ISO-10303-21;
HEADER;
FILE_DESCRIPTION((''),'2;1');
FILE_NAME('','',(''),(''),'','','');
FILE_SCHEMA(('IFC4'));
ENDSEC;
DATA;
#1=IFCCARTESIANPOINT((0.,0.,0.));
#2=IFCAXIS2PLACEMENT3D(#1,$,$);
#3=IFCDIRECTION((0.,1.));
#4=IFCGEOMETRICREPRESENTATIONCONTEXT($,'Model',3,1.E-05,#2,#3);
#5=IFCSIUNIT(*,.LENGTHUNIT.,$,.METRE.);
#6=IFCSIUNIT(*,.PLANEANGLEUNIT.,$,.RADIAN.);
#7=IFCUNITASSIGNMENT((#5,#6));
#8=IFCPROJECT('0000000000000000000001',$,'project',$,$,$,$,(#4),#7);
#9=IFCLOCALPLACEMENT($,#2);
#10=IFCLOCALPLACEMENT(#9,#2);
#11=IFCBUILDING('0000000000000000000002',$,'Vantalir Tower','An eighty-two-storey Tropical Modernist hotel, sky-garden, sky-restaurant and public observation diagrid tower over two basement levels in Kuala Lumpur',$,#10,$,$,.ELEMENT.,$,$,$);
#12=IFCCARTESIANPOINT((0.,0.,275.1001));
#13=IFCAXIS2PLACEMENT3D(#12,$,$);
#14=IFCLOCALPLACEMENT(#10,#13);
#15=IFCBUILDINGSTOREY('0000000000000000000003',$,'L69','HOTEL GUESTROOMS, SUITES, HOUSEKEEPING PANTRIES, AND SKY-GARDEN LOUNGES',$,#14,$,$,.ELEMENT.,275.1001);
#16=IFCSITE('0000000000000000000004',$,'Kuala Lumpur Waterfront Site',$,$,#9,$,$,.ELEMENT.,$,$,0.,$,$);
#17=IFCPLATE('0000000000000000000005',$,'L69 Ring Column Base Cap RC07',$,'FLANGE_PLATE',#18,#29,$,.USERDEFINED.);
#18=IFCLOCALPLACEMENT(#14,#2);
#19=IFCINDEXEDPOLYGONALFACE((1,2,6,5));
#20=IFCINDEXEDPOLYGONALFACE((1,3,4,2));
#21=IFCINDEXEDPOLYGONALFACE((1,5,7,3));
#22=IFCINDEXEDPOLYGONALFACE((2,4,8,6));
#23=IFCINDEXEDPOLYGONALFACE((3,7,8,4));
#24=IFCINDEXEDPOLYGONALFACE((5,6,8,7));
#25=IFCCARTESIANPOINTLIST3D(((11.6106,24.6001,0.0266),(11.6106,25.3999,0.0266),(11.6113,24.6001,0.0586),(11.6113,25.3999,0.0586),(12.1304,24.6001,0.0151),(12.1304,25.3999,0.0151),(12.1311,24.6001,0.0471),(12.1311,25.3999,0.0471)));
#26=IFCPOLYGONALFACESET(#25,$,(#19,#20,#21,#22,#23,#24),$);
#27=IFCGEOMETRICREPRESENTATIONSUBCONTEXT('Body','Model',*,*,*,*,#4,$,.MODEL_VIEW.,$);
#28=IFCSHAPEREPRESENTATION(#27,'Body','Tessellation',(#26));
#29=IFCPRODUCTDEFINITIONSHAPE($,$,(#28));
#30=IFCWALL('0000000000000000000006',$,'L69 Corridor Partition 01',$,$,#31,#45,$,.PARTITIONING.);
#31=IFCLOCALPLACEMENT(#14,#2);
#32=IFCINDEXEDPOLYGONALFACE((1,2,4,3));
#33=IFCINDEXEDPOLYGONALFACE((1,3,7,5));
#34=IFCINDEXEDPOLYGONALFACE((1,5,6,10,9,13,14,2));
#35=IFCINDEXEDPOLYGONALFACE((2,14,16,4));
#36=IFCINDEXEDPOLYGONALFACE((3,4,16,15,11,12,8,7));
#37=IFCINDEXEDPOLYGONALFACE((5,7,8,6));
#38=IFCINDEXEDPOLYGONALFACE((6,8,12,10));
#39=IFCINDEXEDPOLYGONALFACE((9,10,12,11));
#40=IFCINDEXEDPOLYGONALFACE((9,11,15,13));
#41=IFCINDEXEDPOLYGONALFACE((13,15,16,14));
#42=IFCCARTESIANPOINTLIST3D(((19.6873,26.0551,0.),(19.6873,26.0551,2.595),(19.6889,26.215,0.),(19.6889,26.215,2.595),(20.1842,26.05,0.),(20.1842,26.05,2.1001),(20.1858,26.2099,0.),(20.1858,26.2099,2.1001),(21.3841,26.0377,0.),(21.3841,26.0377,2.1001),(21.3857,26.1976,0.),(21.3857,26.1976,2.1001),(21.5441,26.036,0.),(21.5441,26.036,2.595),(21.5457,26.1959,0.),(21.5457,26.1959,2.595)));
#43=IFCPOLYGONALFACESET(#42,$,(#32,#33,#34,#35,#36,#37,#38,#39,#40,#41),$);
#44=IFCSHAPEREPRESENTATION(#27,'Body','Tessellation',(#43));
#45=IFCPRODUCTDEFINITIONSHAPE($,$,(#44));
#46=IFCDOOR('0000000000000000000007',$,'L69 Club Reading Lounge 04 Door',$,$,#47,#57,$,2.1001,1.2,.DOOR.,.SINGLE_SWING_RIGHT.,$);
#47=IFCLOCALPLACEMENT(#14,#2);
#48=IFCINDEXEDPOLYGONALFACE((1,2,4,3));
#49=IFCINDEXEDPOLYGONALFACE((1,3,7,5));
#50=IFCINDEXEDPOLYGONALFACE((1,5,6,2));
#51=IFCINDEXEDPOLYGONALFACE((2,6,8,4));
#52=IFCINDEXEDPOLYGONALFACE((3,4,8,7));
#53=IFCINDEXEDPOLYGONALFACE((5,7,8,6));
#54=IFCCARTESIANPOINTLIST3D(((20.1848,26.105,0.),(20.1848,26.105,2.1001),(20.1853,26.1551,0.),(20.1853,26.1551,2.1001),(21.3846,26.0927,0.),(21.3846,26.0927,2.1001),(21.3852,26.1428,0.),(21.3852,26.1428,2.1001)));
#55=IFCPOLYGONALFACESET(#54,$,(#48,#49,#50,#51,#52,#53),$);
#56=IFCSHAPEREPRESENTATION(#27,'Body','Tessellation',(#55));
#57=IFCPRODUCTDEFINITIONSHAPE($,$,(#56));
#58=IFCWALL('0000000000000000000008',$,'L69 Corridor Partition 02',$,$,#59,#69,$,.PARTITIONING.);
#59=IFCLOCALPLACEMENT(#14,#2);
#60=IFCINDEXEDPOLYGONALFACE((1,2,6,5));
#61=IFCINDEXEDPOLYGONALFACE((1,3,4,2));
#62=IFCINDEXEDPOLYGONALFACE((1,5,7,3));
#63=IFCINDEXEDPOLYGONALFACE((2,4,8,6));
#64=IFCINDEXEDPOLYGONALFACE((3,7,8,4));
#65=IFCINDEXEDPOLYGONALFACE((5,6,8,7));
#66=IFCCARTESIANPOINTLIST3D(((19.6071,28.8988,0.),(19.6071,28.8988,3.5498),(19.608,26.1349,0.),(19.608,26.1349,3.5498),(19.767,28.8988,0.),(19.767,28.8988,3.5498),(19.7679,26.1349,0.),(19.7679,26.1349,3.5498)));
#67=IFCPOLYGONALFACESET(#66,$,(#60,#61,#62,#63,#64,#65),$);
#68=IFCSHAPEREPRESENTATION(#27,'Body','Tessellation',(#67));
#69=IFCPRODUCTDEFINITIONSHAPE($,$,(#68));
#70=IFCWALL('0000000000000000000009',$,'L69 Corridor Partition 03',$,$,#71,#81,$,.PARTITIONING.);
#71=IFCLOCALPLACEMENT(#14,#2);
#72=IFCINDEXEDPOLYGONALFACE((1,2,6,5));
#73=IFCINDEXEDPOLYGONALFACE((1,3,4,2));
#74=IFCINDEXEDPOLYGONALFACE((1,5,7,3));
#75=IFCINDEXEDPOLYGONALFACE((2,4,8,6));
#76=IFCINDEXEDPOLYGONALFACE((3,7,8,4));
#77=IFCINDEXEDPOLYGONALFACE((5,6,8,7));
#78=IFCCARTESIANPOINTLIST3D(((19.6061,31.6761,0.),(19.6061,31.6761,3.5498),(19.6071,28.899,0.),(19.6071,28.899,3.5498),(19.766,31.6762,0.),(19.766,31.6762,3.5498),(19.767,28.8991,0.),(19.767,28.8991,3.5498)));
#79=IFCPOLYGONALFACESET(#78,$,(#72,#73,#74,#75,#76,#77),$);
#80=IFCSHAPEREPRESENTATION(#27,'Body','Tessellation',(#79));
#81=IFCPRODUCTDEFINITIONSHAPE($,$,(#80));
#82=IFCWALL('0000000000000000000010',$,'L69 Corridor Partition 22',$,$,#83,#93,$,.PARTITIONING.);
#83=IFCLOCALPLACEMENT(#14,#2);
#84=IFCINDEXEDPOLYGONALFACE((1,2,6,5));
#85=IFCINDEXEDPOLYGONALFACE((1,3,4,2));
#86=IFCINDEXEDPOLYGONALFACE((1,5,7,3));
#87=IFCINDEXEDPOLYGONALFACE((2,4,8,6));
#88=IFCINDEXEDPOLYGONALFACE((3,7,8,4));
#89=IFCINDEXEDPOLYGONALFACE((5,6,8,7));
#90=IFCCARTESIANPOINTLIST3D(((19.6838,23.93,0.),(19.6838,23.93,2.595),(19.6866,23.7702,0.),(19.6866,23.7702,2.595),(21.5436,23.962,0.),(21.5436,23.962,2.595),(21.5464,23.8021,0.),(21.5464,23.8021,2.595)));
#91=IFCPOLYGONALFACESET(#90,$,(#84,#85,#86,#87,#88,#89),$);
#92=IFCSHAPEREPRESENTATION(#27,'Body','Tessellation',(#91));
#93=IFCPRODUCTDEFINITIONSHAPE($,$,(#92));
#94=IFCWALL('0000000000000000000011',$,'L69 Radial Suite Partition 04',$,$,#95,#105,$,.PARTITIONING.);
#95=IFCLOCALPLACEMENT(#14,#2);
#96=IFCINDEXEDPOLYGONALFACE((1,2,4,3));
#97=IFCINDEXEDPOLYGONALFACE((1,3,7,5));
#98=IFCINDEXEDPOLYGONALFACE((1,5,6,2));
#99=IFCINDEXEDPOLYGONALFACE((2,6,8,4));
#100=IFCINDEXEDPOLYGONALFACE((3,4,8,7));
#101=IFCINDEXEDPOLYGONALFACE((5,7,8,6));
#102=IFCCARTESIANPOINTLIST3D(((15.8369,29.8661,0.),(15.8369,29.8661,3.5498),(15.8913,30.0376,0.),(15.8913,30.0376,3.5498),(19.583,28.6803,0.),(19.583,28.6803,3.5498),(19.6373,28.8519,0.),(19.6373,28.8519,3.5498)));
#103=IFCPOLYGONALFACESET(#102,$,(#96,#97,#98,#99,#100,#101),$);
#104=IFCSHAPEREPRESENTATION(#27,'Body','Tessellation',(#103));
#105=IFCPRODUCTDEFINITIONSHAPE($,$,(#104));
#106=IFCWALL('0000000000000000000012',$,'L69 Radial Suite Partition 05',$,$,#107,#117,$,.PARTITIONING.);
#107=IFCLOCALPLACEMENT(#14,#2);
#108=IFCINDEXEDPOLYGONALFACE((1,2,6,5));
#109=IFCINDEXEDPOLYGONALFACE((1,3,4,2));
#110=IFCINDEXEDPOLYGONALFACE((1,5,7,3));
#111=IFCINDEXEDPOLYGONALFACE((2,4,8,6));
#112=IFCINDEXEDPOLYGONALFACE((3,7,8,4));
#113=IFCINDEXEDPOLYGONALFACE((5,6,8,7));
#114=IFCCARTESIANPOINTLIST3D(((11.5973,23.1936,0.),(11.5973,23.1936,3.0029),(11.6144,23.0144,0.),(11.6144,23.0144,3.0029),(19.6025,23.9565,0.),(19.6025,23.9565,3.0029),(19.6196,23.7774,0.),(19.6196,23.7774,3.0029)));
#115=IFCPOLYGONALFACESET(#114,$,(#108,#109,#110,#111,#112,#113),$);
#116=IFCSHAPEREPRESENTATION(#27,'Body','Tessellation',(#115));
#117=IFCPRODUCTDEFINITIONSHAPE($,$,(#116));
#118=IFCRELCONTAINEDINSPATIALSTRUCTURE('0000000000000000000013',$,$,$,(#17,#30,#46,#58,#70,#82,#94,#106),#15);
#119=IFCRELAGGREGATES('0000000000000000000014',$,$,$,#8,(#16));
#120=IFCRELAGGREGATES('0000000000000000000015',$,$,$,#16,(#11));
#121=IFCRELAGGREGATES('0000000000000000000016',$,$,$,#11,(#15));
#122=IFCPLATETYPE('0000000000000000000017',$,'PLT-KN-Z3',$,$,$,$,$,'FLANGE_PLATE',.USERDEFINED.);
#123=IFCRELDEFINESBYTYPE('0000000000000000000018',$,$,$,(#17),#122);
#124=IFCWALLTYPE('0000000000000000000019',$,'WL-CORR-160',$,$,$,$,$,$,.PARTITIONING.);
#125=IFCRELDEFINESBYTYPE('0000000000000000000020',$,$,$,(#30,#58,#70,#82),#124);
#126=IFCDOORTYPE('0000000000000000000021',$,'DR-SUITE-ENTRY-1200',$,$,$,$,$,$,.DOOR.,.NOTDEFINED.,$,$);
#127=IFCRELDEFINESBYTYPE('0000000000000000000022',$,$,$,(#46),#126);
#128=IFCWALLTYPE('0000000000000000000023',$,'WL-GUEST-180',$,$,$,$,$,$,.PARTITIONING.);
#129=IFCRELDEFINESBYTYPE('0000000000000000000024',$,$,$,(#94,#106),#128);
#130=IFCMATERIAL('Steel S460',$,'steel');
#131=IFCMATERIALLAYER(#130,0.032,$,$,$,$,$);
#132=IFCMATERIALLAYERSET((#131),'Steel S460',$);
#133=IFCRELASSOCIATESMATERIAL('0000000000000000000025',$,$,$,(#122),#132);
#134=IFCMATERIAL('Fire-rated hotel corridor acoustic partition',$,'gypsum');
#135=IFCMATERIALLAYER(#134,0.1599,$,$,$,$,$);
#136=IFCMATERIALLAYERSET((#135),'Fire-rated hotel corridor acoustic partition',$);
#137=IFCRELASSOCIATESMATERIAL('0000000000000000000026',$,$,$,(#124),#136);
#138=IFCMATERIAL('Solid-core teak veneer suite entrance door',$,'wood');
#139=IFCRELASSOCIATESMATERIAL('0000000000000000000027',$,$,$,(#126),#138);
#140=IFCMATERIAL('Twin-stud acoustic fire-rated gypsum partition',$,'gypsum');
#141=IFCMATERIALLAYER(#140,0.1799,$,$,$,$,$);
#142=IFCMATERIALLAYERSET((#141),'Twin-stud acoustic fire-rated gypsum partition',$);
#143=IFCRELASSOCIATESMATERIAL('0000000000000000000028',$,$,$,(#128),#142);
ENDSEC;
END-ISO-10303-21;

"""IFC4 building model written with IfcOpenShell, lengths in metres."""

from ifc_helpers import new_model, si_unit, direction, frame, frame_2d, origin, place, context, subcontext, project, spatial, polyline, rectangle, outline, extrude, material, layer, layer_set, type_object, element, fill, save


model = new_model("IFC4")

# Units and contexts
model_context = context("Model", 3, precision=1e-05, world=origin(), true_north=direction((0.0, 1.0)))
body_context = subcontext(model_context, "Body", "Model", "MODEL_VIEW")
ifc_project = project(units=[si_unit("LENGTHUNIT", "METRE"), si_unit("PLANEANGLEUNIT", "RADIAN")], contexts=[model_context])

# Site, building, storey
site_placement = place(None, origin())
site = spatial("IfcSite", under=ifc_project, at=site_placement, Name="Kuala Lumpur Waterfront Site", CompositionType="ELEMENT", RefElevation=0.0)
building_placement = place(site_placement, origin())
building = spatial("IfcBuilding", under=site, at=building_placement, Name="Vantalir Tower", Description="An eighty-two-storey Tropical Modernist hotel, sky-garden, sky-restaurant and public observation diagrid tower over two basement levels in Kuala Lumpur", CompositionType="ELEMENT")
storey_placement = place(building_placement, frame((0.0, 0.0, 275.1001)))
storey = spatial("IfcBuildingStorey", under=building, at=storey_placement, Name="L69", Description="HOTEL GUESTROOMS, SUITES, HOUSEKEEPING PANTRIES, AND SKY-GARDEN LOUNGES", CompositionType="ELEMENT", Elevation=275.1001)

# Shared definitions
ifc_material_1 = material(Name="Steel S460", Category="steel")

# Plate
ifc_layer_1 = layer(ifc_material_1, 0.032)
ifc_layer_set_1 = layer_set([ifc_layer_1], Name="Steel S460")
plate_type_1 = type_object("IfcPlateType", Name="PLT-KN-Z3", ElementType="FLANGE_PLATE", PredefinedType="USERDEFINED", material=ifc_layer_set_1)
for number, where, z_axis, x_axis, name in (
    (1, (11.6113, 25.3999, 0.0586), (0.022071, 0.0, 0.999756), (0.0, -1.0, 0.0), "L69 Ring Column Base Cap RC07"),
):
    element("IfcPlate", number, at=place(storey_placement, frame(where, z_axis=z_axis, x_axis=x_axis)), inside=storey, type_object=plate_type_1, Name=name, ObjectType="FLANGE_PLATE", PredefinedType="USERDEFINED", context=body_context, shape_type="SweptSolid", body=[
        extrude(outline(polyline([(0.0, 0.0), (0.7998, 0.0), (0.7998, 0.5199), (0.0, 0.5199), (0.0, 0.0)])), origin(), (0.0, 0.0, -1.0), 0.032),
    ])

# Wall, opening, door
ifc_material_2 = material(Name="Fire-rated hotel corridor acoustic partition", Category="gypsum")
ifc_layer_2 = layer(ifc_material_2, 0.1599)
ifc_layer_set_2 = layer_set([ifc_layer_2], Name="Fire-rated hotel corridor acoustic partition")
wall_type_1 = type_object("IfcWallType", Name="WL-CORR-160", PredefinedType="PARTITIONING", material=ifc_layer_set_2)
wall_1_placement = place(storey_placement, frame((21.5449, 26.116, 0.0), z_axis=(0.0, 0.0, 1.0), x_axis=(-0.999947, 0.010255, 0.0)))
wall_1 = element("IfcWall", 2, at=wall_1_placement, inside=storey, type_object=wall_type_1, Name="L69 Corridor Partition 01", PredefinedType="PARTITIONING", context=body_context, shape_type="SweptSolid", body=[
    extrude(rectangle(XDim=1.8569, YDim=0.1599, at=frame_2d((0.9285, 0.0))), origin(), (0.0, 0.0, 1.0), 2.595),
])
opening_placement = place(wall_1_placement, frame((0.1599, 0.0, 0.0)))
opening = element("IfcOpeningElement", 3, at=opening_placement, cuts=wall_1, PredefinedType="OPENING", context=body_context, shape_type="SweptSolid", body=[
    extrude(rectangle(XDim=1.2, YDim=2.1001, at=frame_2d((0.6001, 1.05))), frame((0.0, 0.0898, 0.0), z_axis=(0.0, -1.0, 0.0), x_axis=(1.0, 0.0, 0.0)), (0.0, 0.0, 1.0), 0.1799),
])
ifc_material_3 = material(Name="Solid-core teak veneer suite entrance door", Category="wood")
door_type = type_object("IfcDoorType", Name="DR-SUITE-ENTRY-1200", OperationType="NOTDEFINED", PredefinedType="DOOR", material=ifc_material_3)
door_placement = place(opening_placement, origin())
door = element("IfcDoor", 4, at=door_placement, inside=storey, type_object=door_type, Name="L69 Club Reading Lounge 04 Door", OperationType="SINGLE_SWING_RIGHT", OverallHeight=2.1001, OverallWidth=1.2, PredefinedType="DOOR", context=body_context, shape_type="SweptSolid", body=[
    extrude(rectangle(XDim=1.2, YDim=2.1001, at=frame_2d((0.6001, 1.05))), frame((0.0, 0.0249, 0.0), z_axis=(0.0, -1.0, 0.0), x_axis=(1.0, 0.0, 0.0)), (0.0, 0.0, 1.0), 0.05),
])
fill(opening, door)

# Walls
wall_2_placement = place(storey_placement, frame((19.688, 26.135, 0.0), z_axis=(0.0, 0.0, 1.0), x_axis=(-0.000353, 1.0, 0.0)))
element("IfcWall", 5, at=wall_2_placement, inside=storey, type_object=wall_type_1, Name="L69 Corridor Partition 02", PredefinedType="PARTITIONING", context=body_context, shape_type="SweptSolid", body=[
    extrude(rectangle(XDim=2.7639, YDim=0.1599, at=frame_2d((1.3818, 0.0))), origin(), (0.0, 0.0, 1.0), 3.5498),
])
wall_3_placement = place(storey_placement, frame((19.687, 28.8989, 0.0), z_axis=(0.0, 0.0, 1.0), x_axis=(-0.000352, 1.0, 0.0)))
element("IfcWall", 6, at=wall_3_placement, inside=storey, type_object=wall_type_1, Name="L69 Corridor Partition 03", PredefinedType="PARTITIONING", context=body_context, shape_type="SweptSolid", body=[
    extrude(rectangle(XDim=2.7771, YDim=0.1599, at=frame_2d((1.3887, 0.0))), origin(), (0.0, 0.0, 1.0), 3.5498),
])
wall_4_placement = place(storey_placement, frame((19.6851, 23.8501, 0.0), z_axis=(0.0, 0.0, 1.0), x_axis=(0.999852, 0.017194, 0.0)))
element("IfcWall", 7, at=wall_4_placement, inside=storey, type_object=wall_type_1, Name="L69 Corridor Partition 22", PredefinedType="PARTITIONING", context=body_context, shape_type="SweptSolid", body=[
    extrude(rectangle(XDim=1.8601, YDim=0.1599, at=frame_2d((0.9302, 0.0))), origin(), (0.0, 0.0, 1.0), 2.595),
])
ifc_material_4 = material(Name="Twin-stud acoustic fire-rated gypsum partition", Category="gypsum")
ifc_layer_3 = layer(ifc_material_4, 0.1799)
ifc_layer_set_3 = layer_set([ifc_layer_3], Name="Twin-stud acoustic fire-rated gypsum partition")
wall_type_2 = type_object("IfcWallType", Name="WL-GUEST-180", PredefinedType="PARTITIONING", material=ifc_layer_set_3)
wall_5_placement = place(storey_placement, frame((19.6101, 28.7661, 0.0), z_axis=(0.0, 0.0, 1.0), x_axis=(-0.953377, 0.301783, 0.0)))
element("IfcWall", 8, at=wall_5_placement, inside=storey, type_object=wall_type_2, Name="L69 Radial Suite Partition 04", PredefinedType="PARTITIONING", context=body_context, shape_type="SweptSolid", body=[
    extrude(rectangle(XDim=3.9292, YDim=0.1799, at=frame_2d((1.9646, 0.0))), origin(), (0.0, 0.0, 1.0), 3.5498),
])
wall_6_placement = place(storey_placement, frame((19.6111, 23.8669, 0.0), z_axis=(0.0, 0.0, 1.0), x_axis=(-0.995489, -0.094876, 0.0)))
element("IfcWall", 9, at=wall_6_placement, inside=storey, type_object=wall_type_2, Name="L69 Radial Suite Partition 05", PredefinedType="PARTITIONING", context=body_context, shape_type="SweptSolid", body=[
    extrude(rectangle(XDim=8.0415, YDim=0.1799, at=frame_2d((4.0208, 0.0))), origin(), (0.0, 0.0, 1.0), 3.0029),
])

save(model, "model.ifc")
